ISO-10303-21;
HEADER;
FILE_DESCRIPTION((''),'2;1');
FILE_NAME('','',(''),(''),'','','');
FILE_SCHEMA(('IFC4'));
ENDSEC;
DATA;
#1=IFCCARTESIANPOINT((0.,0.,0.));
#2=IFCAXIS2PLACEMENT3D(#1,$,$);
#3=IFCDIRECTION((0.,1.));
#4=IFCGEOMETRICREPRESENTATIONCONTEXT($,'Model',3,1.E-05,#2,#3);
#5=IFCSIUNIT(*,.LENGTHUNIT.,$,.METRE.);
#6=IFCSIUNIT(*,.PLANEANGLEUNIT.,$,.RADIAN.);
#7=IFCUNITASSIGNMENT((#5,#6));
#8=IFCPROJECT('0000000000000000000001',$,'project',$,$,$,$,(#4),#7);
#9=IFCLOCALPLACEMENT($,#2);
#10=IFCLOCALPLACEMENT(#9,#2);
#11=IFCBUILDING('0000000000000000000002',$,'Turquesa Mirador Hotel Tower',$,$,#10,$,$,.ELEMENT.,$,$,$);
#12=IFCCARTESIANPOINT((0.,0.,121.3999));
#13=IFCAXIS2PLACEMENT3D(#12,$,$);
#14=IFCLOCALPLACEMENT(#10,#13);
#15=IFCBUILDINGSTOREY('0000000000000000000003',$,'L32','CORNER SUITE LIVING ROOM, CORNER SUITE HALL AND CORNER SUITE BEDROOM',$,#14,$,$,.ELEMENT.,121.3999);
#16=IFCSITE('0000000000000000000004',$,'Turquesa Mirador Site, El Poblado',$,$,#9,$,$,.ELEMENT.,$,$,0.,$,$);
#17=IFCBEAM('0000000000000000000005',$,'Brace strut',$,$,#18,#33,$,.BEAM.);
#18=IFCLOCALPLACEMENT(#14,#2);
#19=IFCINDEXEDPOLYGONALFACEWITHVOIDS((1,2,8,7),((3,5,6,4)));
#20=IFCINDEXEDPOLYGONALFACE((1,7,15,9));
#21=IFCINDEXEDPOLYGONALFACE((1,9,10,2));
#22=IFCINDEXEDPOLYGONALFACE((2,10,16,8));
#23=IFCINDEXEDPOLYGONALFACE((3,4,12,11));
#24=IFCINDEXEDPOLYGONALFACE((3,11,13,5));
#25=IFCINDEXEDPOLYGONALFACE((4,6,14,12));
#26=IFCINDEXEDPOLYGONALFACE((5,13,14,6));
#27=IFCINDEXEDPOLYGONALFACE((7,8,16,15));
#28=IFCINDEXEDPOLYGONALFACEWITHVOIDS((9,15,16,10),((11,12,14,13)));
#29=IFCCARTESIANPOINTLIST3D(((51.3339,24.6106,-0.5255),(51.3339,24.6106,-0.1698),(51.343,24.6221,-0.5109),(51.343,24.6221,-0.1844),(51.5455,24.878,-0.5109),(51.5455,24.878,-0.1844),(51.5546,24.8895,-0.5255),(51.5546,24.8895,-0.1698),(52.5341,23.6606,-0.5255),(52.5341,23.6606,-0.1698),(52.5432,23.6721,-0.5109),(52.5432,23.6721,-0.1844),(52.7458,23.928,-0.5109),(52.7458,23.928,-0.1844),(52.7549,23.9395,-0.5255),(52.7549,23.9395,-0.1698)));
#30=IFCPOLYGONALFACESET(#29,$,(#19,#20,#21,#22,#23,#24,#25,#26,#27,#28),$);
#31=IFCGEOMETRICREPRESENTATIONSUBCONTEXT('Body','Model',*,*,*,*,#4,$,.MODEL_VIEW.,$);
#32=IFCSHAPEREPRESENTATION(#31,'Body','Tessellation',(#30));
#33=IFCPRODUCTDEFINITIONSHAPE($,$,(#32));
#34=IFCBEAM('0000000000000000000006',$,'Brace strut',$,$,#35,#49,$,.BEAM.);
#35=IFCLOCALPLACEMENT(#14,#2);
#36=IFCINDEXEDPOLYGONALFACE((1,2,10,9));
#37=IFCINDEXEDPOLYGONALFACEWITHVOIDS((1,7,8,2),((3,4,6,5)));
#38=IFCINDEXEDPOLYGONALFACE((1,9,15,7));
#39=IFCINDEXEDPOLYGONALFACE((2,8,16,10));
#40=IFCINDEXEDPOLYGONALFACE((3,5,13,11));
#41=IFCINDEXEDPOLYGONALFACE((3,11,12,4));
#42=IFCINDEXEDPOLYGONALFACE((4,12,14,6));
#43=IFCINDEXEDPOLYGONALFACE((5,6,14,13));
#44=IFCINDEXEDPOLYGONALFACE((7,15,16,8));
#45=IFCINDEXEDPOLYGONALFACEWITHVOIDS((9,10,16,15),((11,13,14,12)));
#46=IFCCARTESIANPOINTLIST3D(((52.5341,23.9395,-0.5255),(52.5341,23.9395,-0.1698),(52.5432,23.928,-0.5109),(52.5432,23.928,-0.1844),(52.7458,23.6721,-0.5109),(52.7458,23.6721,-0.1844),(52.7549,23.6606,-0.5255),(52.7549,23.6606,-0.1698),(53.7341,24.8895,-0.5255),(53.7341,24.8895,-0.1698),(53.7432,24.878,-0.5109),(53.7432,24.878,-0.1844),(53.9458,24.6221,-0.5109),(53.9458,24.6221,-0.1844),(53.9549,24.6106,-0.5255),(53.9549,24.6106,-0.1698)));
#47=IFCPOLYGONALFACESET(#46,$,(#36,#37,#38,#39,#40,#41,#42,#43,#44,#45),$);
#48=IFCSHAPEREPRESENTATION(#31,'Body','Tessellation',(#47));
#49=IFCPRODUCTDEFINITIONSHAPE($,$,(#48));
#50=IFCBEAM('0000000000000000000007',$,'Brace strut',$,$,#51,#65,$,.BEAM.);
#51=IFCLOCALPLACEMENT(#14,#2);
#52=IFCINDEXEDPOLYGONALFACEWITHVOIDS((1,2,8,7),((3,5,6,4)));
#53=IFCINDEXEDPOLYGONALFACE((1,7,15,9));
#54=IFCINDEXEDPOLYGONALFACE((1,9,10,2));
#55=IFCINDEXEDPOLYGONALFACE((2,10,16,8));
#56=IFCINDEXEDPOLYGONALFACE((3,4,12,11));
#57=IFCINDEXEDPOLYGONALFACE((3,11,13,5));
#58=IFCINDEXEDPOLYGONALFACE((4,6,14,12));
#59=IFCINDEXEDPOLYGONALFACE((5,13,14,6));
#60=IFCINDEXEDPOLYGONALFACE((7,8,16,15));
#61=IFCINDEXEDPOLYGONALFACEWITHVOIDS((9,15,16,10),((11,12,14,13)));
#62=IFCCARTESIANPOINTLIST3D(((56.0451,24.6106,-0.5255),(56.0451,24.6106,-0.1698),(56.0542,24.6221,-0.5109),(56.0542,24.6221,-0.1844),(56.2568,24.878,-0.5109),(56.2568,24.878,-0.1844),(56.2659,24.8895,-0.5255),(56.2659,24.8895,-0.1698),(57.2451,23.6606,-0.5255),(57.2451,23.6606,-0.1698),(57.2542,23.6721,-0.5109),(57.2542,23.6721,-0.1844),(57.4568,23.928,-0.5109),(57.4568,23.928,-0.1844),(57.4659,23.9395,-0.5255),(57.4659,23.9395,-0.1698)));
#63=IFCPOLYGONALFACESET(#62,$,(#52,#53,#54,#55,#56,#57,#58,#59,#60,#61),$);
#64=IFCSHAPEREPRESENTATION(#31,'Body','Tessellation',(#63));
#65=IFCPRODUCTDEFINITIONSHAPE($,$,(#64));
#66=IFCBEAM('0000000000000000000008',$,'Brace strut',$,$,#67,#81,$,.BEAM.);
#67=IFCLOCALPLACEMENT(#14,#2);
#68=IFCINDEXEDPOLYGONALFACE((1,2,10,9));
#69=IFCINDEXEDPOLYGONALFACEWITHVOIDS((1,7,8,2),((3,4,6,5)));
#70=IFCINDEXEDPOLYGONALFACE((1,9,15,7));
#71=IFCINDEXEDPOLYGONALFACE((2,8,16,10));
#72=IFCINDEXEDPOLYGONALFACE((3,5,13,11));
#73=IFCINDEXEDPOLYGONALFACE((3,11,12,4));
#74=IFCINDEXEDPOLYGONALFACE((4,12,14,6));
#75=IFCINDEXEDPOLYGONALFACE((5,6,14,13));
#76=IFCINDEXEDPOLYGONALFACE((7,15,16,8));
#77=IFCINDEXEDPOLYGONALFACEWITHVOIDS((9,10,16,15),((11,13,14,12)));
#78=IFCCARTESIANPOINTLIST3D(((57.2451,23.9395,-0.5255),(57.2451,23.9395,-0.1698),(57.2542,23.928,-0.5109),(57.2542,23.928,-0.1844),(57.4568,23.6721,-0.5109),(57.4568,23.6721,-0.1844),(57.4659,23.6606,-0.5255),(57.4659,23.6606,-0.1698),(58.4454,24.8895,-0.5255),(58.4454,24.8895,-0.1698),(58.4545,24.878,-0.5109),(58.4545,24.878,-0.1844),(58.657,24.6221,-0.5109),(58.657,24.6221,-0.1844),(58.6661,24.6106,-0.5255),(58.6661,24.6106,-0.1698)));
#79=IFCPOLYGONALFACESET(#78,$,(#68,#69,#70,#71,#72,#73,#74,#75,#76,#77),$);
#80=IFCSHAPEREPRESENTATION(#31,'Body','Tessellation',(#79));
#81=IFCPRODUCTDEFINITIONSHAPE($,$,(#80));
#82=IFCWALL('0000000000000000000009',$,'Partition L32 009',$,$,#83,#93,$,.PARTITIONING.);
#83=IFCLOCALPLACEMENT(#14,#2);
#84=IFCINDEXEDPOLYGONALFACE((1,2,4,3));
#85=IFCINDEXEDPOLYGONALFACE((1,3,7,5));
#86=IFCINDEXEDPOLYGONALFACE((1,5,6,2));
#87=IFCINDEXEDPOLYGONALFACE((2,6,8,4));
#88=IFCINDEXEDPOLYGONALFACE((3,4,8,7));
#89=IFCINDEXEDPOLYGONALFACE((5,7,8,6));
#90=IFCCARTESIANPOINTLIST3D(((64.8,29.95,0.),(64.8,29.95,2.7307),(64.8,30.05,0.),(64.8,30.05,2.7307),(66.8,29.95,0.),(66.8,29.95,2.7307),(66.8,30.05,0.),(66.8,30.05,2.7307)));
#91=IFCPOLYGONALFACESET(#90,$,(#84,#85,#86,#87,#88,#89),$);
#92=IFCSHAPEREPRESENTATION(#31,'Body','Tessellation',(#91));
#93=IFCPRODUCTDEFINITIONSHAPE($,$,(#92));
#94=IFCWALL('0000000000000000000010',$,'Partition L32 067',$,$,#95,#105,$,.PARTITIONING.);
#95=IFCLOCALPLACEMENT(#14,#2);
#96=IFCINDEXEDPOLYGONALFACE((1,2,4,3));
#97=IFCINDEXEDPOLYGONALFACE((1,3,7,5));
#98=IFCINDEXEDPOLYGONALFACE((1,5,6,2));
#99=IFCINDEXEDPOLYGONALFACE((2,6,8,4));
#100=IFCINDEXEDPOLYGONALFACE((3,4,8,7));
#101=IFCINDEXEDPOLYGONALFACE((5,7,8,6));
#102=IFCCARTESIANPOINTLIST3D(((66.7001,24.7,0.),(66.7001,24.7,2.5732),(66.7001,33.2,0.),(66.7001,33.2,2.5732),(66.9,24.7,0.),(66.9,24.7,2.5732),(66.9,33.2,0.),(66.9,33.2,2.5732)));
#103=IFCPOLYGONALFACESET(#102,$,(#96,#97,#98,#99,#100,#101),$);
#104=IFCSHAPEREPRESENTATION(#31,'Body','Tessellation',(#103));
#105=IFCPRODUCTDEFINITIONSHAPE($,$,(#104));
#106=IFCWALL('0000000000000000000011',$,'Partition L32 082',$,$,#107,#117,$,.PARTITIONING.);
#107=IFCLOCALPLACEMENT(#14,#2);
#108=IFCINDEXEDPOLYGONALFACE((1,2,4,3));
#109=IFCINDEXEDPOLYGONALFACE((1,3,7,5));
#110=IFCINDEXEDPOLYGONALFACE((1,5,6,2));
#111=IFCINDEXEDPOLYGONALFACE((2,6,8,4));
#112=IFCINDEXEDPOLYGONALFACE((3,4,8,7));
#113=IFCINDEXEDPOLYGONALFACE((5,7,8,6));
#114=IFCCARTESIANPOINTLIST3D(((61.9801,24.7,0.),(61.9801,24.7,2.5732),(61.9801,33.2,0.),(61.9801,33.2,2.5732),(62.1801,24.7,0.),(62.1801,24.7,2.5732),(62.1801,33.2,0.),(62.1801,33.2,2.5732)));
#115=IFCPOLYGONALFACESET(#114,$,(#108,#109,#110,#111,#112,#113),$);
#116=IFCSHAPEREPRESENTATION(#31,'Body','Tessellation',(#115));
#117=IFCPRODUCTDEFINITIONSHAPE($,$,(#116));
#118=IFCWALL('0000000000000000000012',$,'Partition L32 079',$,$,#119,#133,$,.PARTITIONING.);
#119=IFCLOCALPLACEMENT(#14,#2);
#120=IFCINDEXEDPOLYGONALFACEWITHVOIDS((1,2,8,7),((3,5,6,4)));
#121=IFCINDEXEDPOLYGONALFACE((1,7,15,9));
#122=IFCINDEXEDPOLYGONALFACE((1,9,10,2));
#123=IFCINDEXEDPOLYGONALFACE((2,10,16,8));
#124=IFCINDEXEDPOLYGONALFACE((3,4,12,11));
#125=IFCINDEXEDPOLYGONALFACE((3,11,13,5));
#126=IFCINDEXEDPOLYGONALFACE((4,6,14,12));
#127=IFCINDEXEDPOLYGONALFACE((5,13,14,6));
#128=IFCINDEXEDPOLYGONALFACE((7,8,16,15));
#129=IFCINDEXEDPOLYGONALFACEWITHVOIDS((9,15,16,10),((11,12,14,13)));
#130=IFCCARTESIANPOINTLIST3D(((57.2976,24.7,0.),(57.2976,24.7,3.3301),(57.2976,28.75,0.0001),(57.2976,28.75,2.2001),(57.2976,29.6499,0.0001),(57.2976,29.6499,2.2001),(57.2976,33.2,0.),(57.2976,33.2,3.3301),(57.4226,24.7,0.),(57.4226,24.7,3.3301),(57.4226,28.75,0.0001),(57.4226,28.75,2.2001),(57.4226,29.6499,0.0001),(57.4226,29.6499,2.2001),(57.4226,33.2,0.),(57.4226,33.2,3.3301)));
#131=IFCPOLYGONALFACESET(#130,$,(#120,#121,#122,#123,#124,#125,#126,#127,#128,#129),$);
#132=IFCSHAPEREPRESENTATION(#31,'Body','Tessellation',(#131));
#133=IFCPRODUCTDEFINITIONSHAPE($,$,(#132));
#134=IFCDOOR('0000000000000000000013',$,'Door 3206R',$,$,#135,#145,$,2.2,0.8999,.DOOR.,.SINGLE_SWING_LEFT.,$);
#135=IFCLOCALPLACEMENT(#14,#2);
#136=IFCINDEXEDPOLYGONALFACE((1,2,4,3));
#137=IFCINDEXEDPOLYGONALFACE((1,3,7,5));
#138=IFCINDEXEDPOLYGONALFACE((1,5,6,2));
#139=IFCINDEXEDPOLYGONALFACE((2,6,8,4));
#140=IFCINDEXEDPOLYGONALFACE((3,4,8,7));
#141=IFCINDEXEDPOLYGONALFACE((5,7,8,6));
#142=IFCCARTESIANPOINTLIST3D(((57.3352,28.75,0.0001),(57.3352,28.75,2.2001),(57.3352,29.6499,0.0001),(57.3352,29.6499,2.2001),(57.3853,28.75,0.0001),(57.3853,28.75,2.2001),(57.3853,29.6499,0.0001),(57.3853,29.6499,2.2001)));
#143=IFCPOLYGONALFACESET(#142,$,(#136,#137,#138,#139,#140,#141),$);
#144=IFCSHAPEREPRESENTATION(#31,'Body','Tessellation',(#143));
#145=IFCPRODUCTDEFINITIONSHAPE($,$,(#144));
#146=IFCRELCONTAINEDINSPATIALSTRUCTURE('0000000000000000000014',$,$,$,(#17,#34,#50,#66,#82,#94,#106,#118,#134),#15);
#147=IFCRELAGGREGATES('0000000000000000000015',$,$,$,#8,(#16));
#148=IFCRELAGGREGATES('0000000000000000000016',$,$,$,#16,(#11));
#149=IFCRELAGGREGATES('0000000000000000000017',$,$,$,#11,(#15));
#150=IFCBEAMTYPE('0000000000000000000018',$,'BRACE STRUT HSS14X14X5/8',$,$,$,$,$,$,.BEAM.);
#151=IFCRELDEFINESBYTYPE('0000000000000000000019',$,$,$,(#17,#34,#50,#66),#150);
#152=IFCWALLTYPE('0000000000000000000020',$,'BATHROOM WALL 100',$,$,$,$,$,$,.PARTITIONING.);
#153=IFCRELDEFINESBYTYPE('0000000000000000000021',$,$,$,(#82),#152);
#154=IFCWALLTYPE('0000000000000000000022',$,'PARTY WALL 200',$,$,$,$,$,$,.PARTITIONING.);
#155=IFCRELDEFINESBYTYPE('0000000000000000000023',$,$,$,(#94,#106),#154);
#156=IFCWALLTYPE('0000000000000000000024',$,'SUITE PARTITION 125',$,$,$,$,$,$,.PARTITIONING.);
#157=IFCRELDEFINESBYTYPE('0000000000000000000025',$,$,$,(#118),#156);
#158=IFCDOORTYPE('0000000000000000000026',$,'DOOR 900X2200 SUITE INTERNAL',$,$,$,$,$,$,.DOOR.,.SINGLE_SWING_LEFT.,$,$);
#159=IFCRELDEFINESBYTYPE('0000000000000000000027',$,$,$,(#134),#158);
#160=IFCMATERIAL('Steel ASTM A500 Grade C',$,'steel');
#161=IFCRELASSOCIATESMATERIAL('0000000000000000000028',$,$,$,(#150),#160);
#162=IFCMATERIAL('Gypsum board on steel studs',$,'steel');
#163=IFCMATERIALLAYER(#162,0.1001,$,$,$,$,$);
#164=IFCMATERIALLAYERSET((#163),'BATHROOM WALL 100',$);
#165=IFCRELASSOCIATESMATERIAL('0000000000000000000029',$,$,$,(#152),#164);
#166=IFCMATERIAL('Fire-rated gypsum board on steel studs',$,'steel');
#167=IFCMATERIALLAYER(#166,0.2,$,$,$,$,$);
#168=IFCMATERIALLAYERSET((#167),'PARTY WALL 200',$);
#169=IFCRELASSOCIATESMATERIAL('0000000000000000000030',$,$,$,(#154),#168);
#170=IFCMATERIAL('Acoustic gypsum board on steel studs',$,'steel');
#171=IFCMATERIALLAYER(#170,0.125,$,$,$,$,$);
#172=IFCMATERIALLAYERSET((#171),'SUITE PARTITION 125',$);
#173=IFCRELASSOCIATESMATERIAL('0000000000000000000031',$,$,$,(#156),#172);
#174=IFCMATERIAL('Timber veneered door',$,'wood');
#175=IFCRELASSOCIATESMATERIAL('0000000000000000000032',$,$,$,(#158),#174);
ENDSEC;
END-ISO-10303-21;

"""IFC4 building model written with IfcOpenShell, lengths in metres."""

from ifc_helpers import new_model, si_unit, direction, frame, frame_2d, origin, origin_2d, place, context, subcontext, project, spatial, rectangle, hollow_rectangle, extrude, material, layer, layer_set, material_profile, profile_set, type_object, element, fill, save


model = new_model("IFC4")

# Units and contexts
model_context = context("Model", 3, precision=1e-05, world=origin(), true_north=direction((0.0, 1.0)))
body_context = subcontext(model_context, "Body", "Model", "MODEL_VIEW")
ifc_project = project(units=[si_unit("LENGTHUNIT", "METRE"), si_unit("PLANEANGLEUNIT", "RADIAN")], contexts=[model_context])

# Site, building, storey
site_placement = place(None, origin())
site = spatial("IfcSite", under=ifc_project, at=site_placement, Name="Turquesa Mirador Site, El Poblado", CompositionType="ELEMENT", RefElevation=0.0)
building_placement = place(site_placement, origin())
building = spatial("IfcBuilding", under=site, at=building_placement, Name="Turquesa Mirador Hotel Tower", CompositionType="ELEMENT")
storey_placement = place(building_placement, frame((0.0, 0.0, 121.3999)))
storey = spatial("IfcBuildingStorey", under=building, at=storey_placement, Name="L32", Description="CORNER SUITE LIVING ROOM, CORNER SUITE HALL AND CORNER SUITE BEDROOM", CompositionType="ELEMENT", Elevation=121.3999)

# Beams
ifc_material_1 = material(Name="Steel ASTM A500 Grade C", Category="steel")
ifc_material_profile_1 = material_profile(ifc_material_1, hollow_rectangle(XDim=0.3557, YDim=0.3557, WallThickness=0.0146, at=origin_2d()), Name="HSS14X14X5/8")
ifc_profile_set_1 = profile_set([ifc_material_profile_1], Name="Steel ASTM A500 Grade C")
beam_type_1 = type_object("IfcBeamType", Name="BRACE STRUT HSS14X14X5/8", PredefinedType="BEAM", material=ifc_profile_set_1)
beam_1_placement = place(storey_placement, frame((52.6445, 23.8, -0.3477), z_axis=(-0.784111, 0.620621, 0.0), x_axis=(-0.620621, -0.784111, 0.0)))
element("IfcBeam", 1, at=beam_1_placement, inside=storey, type_object=beam_type_1, Name="Brace strut", PredefinedType="BEAM", context=body_context, shape_type="SweptSolid", body=[
    extrude(hollow_rectangle(XDim=0.3557, YDim=0.3557, WallThickness=0.0146, at=origin_2d()), origin(), (0.0, 0.0, 1.0), 1.5308),
])
for number, where, z_axis, x_axis, name in (
    (2, (52.6445, 23.8, -0.3477), (0.784049, 0.620699, 0.0), (-0.620699, 0.784049, 0.0), "Brace strut"),
    (3, (57.3555, 23.8, -0.3477), (-0.784049, 0.620699, 0.0), (-0.620699, -0.784049, 0.0), "Brace strut"),
):
    element("IfcBeam", number, at=place(storey_placement, frame(where, z_axis=z_axis, x_axis=x_axis)), inside=storey, type_object=beam_type_1, Name=name, PredefinedType="BEAM", context=body_context, shape_type="SweptSolid", body=[
        extrude(hollow_rectangle(XDim=0.3557, YDim=0.3557, WallThickness=0.0146, at=origin_2d()), origin(), (0.0, 0.0, 1.0), 1.5305),
    ])
beam_2_placement = place(storey_placement, frame((57.3555, 23.8, -0.3477), z_axis=(0.784111, 0.620621, 0.0), x_axis=(-0.620621, 0.784111, 0.0)))
element("IfcBeam", 4, at=beam_2_placement, inside=storey, type_object=beam_type_1, Name="Brace strut", PredefinedType="BEAM", context=body_context, shape_type="SweptSolid", body=[
    extrude(hollow_rectangle(XDim=0.3557, YDim=0.3557, WallThickness=0.0146, at=origin_2d()), origin(), (0.0, 0.0, 1.0), 1.5308),
])

# Walls
ifc_material_2 = material(Name="Gypsum board on steel studs", Category="steel")
ifc_layer_1 = layer(ifc_material_2, 0.1001)
ifc_layer_set_1 = layer_set([ifc_layer_1], Name="BATHROOM WALL 100")
wall_type_1 = type_object("IfcWallType", Name="BATHROOM WALL 100", PredefinedType="PARTITIONING", material=ifc_layer_set_1)
wall_1_placement = place(storey_placement, frame((64.8, 30.0, 0.0), z_axis=(0.0, 0.0, 1.0), x_axis=(1.0, 0.0, 0.0)))
element("IfcWall", 5, at=wall_1_placement, inside=storey, type_object=wall_type_1, Name="Partition L32 009", PredefinedType="PARTITIONING", context=body_context, shape_type="SweptSolid", body=[
    extrude(rectangle(XDim=2.0, YDim=0.1001, at=frame_2d((1.0, 0.0))), origin(), (0.0, 0.0, 1.0), 2.7307),
])
ifc_material_3 = material(Name="Fire-rated gypsum board on steel studs", Category="steel")
ifc_layer_2 = layer(ifc_material_3, 0.2)
ifc_layer_set_2 = layer_set([ifc_layer_2], Name="PARTY WALL 200")
wall_type_2 = type_object("IfcWallType", Name="PARTY WALL 200", PredefinedType="PARTITIONING", material=ifc_layer_set_2)
for number, where, z_axis, x_axis, name in (
    (6, (66.8, 24.7, 0.0), (0.0, 0.0, 1.0), (0.0, 1.0, 0.0), "Partition L32 067"),
    (7, (62.0801, 24.7, 0.0), (0.0, 0.0, 1.0), (0.0, 1.0, 0.0), "Partition L32 082"),
):
    element("IfcWall", number, at=place(storey_placement, frame(where, z_axis=z_axis, x_axis=x_axis)), inside=storey, type_object=wall_type_2, Name=name, PredefinedType="PARTITIONING", context=body_context, shape_type="SweptSolid", body=[
        extrude(rectangle(XDim=8.5, YDim=0.2, at=frame_2d((4.25, 0.0))), origin(), (0.0, 0.0, 1.0), 2.5732),
    ])

# Wall, opening, door
ifc_material_4 = material(Name="Acoustic gypsum board on steel studs", Category="steel")
ifc_layer_3 = layer(ifc_material_4, 0.125)
ifc_layer_set_3 = layer_set([ifc_layer_3], Name="SUITE PARTITION 125")
wall_type_3 = type_object("IfcWallType", Name="SUITE PARTITION 125", PredefinedType="PARTITIONING", material=ifc_layer_set_3)
wall_2_placement = place(storey_placement, frame((57.3601, 24.7, 0.0), z_axis=(0.0, 0.0, 1.0), x_axis=(0.0, 1.0, 0.0)))
wall_2 = element("IfcWall", 8, at=wall_2_placement, inside=storey, type_object=wall_type_3, Name="Partition L32 079", PredefinedType="PARTITIONING", context=body_context, shape_type="SweptSolid", body=[
    extrude(rectangle(XDim=8.5, YDim=0.125, at=frame_2d((4.25, 0.0))), origin(), (0.0, 0.0, 1.0), 3.3301),
])
opening_placement = place(wall_2_placement, frame((4.05, 0.0, 0.0)))
opening = element("IfcOpeningElement", 9, at=opening_placement, cuts=wall_2, PredefinedType="OPENING", context=body_context, shape_type="SweptSolid", body=[
    extrude(rectangle(XDim=0.8999, YDim=2.2, at=frame_2d((0.45, 1.1001))), frame((0.0, 0.0725, 0.0), z_axis=(0.0, -1.0, 0.0), x_axis=(1.0, 0.0, 0.0)), (0.0, 0.0, 1.0), 0.145),
])
ifc_material_5 = material(Name="Timber veneered door", Category="wood")
door_type = type_object("IfcDoorType", Name="DOOR 900X2200 SUITE INTERNAL", OperationType="SINGLE_SWING_LEFT", PredefinedType="DOOR", material=ifc_material_5)
door_placement = place(opening_placement, origin())
door = element("IfcDoor", 10, at=door_placement, inside=storey, type_object=door_type, Name="Door 3206R", OperationType="SINGLE_SWING_LEFT", OverallHeight=2.2, OverallWidth=0.8999, PredefinedType="DOOR", context=body_context, shape_type="SweptSolid", body=[
    extrude(rectangle(XDim=0.8999, YDim=2.2, at=frame_2d((0.45, 1.1001))), frame((0.0, 0.0249, 0.0), z_axis=(0.0, -1.0, 0.0), x_axis=(1.0, 0.0, 0.0)), (0.0, 0.0, 1.0), 0.05),
])
fill(opening, door)

save(model, "model.ifc")
